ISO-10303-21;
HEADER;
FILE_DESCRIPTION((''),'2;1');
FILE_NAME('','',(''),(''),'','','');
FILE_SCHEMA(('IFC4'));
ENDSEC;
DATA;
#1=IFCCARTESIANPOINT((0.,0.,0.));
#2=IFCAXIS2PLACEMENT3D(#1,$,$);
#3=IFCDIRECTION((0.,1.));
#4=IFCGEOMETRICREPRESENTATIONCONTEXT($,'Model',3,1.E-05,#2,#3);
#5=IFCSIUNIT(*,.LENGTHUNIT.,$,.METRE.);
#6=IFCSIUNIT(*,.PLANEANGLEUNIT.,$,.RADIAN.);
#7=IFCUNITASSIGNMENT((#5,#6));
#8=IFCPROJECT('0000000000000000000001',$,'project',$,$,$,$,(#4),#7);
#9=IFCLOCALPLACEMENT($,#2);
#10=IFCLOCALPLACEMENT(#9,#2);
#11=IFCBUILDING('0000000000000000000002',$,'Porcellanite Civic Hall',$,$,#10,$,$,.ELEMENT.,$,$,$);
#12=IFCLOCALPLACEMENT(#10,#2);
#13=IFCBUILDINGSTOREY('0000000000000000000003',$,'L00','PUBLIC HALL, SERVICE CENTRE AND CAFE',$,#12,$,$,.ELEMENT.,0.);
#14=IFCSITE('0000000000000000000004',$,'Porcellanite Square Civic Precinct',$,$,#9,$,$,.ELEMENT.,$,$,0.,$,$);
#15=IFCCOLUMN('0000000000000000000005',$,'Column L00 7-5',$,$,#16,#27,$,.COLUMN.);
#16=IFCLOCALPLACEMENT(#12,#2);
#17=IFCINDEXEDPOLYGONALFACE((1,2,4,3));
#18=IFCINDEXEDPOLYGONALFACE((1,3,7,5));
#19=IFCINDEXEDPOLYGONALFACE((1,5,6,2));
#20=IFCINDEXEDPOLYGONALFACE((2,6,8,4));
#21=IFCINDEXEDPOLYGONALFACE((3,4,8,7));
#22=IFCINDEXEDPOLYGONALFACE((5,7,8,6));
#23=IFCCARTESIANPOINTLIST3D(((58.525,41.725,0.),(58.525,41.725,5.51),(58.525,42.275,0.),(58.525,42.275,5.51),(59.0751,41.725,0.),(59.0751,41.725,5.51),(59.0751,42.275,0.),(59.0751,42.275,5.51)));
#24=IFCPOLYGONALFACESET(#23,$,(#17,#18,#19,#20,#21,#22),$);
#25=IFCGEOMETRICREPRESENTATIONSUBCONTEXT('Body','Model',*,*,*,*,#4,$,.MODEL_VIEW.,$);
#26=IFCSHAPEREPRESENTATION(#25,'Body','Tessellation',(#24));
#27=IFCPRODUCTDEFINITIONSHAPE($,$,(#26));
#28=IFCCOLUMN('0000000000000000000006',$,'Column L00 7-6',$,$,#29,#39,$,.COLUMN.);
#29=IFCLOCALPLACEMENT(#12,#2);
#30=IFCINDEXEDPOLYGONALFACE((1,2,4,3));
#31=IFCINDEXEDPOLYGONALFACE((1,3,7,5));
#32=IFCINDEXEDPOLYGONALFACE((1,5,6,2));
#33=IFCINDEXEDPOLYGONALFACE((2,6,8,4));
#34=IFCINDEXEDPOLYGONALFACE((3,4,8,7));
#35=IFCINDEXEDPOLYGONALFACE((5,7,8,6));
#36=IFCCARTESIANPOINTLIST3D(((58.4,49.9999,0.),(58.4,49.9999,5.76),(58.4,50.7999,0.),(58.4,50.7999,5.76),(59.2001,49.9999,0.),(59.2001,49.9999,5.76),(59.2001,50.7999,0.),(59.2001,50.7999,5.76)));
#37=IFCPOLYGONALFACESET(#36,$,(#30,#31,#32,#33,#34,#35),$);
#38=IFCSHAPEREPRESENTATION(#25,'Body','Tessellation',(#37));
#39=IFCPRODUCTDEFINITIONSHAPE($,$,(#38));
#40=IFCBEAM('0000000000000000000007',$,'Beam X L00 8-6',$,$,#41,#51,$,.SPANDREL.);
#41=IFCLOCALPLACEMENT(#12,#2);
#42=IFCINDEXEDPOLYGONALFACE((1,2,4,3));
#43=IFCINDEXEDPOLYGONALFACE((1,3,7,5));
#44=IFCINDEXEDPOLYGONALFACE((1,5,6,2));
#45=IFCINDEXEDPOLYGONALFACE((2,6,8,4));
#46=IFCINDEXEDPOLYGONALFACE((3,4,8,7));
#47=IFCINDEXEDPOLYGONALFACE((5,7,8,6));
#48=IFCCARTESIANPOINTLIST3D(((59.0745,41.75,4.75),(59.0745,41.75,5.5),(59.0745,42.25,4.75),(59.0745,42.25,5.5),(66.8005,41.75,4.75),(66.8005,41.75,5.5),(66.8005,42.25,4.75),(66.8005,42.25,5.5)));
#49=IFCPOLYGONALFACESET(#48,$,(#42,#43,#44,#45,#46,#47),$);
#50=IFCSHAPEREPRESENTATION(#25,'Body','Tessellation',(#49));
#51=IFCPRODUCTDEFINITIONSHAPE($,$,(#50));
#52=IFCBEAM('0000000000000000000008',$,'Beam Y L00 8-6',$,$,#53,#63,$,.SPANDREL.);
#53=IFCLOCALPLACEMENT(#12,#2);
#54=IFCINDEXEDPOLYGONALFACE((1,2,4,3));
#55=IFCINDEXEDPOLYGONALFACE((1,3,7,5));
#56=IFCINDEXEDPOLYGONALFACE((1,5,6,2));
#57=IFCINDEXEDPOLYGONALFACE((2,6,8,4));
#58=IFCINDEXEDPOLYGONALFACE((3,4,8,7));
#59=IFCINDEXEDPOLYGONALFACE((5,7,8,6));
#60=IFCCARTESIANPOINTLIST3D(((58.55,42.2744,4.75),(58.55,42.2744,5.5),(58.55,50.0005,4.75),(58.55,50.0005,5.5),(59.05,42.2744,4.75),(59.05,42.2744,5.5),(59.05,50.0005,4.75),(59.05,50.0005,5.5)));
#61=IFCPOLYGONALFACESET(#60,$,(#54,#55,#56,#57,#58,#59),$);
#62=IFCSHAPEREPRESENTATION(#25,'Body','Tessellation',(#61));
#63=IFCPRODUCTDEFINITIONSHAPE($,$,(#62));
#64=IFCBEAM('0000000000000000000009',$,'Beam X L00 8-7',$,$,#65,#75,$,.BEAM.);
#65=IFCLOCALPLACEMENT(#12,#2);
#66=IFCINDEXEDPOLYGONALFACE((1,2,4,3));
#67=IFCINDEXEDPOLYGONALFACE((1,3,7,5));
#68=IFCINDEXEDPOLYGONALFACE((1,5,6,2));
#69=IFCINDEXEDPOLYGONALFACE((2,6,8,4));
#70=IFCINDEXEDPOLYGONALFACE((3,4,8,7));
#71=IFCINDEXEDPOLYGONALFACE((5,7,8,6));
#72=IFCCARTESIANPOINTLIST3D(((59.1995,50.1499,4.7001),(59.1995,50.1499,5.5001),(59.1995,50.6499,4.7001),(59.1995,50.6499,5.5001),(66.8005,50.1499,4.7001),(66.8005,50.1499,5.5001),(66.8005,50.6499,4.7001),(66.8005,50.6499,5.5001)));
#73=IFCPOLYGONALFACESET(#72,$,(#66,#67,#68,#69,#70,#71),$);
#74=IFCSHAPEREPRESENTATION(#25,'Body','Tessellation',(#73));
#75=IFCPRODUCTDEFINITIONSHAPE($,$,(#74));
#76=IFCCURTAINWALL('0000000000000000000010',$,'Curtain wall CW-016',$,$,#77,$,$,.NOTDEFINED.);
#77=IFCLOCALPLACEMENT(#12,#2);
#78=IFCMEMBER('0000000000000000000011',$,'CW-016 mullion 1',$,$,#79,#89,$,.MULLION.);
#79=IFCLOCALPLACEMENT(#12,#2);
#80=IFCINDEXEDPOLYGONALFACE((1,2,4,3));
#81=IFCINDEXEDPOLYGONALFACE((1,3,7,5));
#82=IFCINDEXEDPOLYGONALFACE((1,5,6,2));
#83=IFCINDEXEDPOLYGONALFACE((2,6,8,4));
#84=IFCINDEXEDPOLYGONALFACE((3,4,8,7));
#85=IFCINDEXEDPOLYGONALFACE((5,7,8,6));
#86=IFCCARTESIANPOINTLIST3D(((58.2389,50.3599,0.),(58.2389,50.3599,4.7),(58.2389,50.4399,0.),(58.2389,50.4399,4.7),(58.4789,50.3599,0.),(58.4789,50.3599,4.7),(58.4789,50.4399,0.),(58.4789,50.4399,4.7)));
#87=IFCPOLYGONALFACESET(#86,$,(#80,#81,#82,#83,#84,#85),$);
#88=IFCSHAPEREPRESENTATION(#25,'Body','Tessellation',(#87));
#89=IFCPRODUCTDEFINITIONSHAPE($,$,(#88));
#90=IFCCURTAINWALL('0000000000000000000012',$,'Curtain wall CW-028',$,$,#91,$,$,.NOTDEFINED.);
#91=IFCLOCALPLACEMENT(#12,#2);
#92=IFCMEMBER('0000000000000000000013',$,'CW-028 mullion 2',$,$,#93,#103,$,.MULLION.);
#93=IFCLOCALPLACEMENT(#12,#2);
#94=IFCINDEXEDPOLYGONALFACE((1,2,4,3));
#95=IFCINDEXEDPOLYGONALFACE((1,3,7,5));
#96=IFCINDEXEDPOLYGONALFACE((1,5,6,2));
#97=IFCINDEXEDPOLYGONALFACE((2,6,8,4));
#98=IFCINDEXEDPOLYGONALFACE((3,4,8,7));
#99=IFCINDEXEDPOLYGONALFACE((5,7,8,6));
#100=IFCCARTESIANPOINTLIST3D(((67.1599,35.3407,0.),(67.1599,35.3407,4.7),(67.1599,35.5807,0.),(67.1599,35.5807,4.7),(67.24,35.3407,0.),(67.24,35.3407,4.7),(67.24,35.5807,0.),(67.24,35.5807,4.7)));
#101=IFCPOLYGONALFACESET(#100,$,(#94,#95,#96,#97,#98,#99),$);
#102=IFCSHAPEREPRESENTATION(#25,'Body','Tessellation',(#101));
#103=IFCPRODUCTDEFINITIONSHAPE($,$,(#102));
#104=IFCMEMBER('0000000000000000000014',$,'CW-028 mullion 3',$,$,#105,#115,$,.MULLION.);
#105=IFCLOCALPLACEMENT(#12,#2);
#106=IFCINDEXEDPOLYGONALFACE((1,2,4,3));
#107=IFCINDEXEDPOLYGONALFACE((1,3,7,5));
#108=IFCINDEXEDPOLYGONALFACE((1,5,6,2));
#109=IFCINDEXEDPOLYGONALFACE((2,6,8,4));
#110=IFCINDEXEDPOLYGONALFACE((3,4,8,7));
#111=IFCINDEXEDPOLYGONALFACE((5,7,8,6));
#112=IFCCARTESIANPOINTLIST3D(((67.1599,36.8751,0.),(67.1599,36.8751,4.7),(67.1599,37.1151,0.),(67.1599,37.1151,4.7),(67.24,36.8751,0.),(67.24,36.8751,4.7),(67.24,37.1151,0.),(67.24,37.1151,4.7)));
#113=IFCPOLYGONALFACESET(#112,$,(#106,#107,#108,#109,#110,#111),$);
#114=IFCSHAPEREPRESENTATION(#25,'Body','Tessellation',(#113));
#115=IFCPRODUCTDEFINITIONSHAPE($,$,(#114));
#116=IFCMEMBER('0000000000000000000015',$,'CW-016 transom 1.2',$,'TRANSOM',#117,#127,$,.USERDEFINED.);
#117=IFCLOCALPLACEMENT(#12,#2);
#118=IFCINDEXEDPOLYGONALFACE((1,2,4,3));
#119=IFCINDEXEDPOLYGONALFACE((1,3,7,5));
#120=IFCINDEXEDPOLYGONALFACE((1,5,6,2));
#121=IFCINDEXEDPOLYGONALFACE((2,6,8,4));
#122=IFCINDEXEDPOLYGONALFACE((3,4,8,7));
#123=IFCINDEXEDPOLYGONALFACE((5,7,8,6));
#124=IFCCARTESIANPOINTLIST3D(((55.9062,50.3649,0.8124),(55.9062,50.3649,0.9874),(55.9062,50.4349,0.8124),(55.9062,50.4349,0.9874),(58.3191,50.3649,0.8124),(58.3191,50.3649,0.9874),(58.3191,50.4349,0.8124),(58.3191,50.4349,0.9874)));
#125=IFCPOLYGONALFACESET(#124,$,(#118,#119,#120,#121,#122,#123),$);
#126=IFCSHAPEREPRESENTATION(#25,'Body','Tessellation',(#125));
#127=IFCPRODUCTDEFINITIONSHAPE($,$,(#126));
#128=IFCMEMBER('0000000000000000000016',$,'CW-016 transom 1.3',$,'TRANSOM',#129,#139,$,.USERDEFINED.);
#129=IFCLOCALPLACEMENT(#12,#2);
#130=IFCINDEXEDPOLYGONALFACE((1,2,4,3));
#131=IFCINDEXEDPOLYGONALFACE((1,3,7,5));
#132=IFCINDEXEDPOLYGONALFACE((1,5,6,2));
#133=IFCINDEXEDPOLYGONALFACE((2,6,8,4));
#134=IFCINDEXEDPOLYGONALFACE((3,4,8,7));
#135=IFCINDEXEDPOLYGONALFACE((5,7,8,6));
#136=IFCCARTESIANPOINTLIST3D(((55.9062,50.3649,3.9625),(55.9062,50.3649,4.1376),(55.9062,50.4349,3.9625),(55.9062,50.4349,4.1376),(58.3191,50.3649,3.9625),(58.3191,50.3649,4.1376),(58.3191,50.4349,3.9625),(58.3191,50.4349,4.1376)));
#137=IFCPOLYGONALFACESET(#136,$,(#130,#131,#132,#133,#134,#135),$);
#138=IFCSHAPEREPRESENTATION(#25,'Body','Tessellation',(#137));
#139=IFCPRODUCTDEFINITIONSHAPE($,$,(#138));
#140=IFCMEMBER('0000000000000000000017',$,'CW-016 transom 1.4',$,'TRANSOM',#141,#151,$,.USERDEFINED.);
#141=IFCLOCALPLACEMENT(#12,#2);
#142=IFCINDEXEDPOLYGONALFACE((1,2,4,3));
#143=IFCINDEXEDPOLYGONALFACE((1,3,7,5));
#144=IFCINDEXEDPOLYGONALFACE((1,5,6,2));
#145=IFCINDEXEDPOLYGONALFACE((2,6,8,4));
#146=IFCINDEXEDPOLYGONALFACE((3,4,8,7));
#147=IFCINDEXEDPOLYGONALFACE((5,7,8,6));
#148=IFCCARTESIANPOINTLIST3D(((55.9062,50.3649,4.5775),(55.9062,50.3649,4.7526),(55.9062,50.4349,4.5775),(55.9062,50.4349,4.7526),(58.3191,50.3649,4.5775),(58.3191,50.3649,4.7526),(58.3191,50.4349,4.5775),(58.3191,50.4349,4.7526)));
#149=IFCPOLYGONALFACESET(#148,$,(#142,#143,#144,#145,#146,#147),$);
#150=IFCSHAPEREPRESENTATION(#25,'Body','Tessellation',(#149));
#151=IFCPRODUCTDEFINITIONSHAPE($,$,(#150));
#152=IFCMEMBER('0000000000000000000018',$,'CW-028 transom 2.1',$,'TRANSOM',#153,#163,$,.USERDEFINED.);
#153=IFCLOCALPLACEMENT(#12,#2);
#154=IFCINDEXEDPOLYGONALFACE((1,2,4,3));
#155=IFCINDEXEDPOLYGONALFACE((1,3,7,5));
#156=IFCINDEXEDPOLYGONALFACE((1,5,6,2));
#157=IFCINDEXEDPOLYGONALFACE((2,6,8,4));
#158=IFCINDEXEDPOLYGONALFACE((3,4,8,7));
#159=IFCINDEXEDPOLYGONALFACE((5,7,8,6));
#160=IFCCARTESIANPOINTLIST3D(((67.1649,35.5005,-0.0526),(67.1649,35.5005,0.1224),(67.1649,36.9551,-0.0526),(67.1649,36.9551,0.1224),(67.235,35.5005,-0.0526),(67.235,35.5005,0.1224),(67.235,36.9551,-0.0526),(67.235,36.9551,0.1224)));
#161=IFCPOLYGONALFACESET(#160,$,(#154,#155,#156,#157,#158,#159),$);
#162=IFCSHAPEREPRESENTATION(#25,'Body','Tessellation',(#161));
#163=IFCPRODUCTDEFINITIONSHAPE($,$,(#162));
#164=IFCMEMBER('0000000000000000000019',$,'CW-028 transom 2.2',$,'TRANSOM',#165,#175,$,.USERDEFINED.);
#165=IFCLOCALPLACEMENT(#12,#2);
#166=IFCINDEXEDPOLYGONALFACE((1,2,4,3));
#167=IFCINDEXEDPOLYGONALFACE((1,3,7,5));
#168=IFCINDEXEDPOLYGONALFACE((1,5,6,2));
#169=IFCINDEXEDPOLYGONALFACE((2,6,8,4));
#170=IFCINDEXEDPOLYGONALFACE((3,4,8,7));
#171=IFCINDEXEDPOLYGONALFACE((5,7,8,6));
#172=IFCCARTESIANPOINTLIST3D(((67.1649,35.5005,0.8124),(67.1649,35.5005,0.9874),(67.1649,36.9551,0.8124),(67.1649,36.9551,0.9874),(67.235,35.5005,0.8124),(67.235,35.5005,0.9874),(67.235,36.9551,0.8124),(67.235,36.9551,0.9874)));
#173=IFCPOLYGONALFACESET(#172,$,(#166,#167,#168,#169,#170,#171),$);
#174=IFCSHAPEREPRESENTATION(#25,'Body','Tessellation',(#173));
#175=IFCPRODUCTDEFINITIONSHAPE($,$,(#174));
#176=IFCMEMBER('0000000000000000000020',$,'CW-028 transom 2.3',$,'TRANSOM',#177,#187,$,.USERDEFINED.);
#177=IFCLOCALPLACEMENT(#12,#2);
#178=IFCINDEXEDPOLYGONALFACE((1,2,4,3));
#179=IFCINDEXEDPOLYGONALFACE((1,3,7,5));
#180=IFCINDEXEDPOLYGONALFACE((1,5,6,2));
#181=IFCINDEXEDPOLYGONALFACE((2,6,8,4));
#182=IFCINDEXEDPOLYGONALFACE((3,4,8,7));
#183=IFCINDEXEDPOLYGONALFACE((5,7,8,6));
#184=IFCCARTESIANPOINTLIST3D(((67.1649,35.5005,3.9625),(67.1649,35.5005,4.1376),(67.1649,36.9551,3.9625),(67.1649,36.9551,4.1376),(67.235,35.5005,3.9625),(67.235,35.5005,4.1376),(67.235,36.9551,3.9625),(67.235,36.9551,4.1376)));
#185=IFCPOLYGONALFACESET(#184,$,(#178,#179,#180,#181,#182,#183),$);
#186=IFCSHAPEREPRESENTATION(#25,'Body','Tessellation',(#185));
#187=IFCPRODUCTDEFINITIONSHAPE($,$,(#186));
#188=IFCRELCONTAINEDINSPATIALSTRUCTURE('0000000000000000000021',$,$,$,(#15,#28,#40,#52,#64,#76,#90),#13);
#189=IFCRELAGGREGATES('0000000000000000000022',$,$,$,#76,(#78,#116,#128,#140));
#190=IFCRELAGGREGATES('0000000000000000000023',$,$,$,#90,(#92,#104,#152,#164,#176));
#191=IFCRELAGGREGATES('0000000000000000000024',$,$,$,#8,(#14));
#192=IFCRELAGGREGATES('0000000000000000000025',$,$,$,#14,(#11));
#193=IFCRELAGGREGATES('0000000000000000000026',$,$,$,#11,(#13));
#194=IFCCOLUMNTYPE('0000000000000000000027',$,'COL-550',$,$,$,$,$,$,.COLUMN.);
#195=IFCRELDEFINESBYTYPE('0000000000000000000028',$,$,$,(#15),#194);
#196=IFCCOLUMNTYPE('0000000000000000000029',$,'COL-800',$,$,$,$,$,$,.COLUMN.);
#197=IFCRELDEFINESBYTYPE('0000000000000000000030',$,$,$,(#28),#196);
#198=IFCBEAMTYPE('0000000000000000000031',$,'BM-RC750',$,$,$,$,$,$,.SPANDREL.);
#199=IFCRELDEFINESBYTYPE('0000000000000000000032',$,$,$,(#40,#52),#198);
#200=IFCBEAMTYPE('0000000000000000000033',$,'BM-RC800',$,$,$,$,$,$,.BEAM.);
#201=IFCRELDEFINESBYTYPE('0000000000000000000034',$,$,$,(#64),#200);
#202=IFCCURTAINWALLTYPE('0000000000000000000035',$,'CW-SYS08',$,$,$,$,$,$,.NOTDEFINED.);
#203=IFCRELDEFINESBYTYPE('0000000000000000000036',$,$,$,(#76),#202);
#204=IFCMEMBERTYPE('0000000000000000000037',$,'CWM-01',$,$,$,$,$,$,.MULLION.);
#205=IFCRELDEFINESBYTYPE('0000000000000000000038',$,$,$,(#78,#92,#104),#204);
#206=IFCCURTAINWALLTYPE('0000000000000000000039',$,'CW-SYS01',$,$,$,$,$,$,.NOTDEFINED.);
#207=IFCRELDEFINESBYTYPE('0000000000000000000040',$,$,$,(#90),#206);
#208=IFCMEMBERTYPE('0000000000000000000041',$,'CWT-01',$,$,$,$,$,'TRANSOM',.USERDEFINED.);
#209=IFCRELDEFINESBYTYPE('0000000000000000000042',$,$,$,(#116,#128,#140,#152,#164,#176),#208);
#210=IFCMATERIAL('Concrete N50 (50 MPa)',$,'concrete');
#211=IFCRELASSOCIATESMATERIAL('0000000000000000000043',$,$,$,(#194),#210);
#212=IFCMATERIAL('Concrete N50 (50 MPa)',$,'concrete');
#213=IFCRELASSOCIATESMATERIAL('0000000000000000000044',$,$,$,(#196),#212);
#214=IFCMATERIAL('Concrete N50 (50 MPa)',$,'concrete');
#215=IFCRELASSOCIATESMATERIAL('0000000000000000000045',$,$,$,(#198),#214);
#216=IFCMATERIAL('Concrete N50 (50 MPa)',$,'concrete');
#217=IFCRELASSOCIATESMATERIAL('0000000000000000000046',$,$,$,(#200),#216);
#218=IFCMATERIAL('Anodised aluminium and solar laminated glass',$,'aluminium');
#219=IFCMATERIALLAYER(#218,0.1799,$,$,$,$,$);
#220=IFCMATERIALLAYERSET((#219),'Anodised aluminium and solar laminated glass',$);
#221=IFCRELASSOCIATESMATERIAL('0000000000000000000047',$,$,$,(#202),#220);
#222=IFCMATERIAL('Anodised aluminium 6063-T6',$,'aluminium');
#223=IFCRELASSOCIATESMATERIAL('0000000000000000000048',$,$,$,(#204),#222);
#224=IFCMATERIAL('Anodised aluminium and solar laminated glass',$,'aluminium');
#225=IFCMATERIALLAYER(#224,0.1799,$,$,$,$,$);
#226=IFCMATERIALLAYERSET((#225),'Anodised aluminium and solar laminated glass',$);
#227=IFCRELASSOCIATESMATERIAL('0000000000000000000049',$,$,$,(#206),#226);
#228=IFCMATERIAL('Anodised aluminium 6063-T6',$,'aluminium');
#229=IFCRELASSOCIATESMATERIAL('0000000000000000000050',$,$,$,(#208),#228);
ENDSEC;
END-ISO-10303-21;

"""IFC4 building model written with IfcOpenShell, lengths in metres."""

from ifc_helpers import new_model, si_unit, direction, frame, origin, origin_2d, place, context, subcontext, project, spatial, rectangle, extrude, material, layer, layer_set, material_profile, profile_set, type_object, element, aggregate, save


model = new_model("IFC4")

# Units and contexts
model_context = context("Model", 3, precision=1e-05, world=origin(), true_north=direction((0.0, 1.0)))
body_context = subcontext(model_context, "Body", "Model", "MODEL_VIEW")
ifc_project = project(units=[si_unit("LENGTHUNIT", "METRE"), si_unit("PLANEANGLEUNIT", "RADIAN")], contexts=[model_context])

# Site, building, storey
site_placement = place(None, origin())
site = spatial("IfcSite", under=ifc_project, at=site_placement, Name="Porcellanite Square Civic Precinct", CompositionType="ELEMENT", RefElevation=0.0)
building_placement = place(site_placement, origin())
building = spatial("IfcBuilding", under=site, at=building_placement, Name="Porcellanite Civic Hall", CompositionType="ELEMENT")
storey_placement = place(building_placement, origin())
storey = spatial("IfcBuildingStorey", under=building, at=storey_placement, Name="L00", Description="PUBLIC HALL, SERVICE CENTRE AND CAFE", CompositionType="ELEMENT", Elevation=0.0)

# Columns
ifc_material_1 = material(Name="Concrete N50 (50 MPa)", Category="concrete")
ifc_material_profile_1 = material_profile(ifc_material_1, rectangle(XDim=0.55, YDim=0.55, at=origin_2d()), Name="RC-550x550")
ifc_profile_set_1 = profile_set([ifc_material_profile_1], Name="Concrete N50 (50 MPa)")
column_type_1 = type_object("IfcColumnType", Name="COL-550", PredefinedType="COLUMN", material=ifc_profile_set_1)
column_1_placement = place(storey_placement, frame((58.8, 42.0, 0.0), z_axis=(0.0, 0.0, 1.0), x_axis=(1.0, 0.0, 0.0)))
element("IfcColumn", 1, at=column_1_placement, inside=storey, type_object=column_type_1, Name="Column L00 7-5", PredefinedType="COLUMN", context=body_context, shape_type="SweptSolid", body=[
    extrude(rectangle(XDim=0.55, YDim=0.55, at=origin_2d()), origin(), (0.0, 0.0, 1.0), 5.51),
])
ifc_material_2 = material(Name="Concrete N50 (50 MPa)", Category="concrete")
ifc_material_profile_2 = material_profile(ifc_material_2, rectangle(XDim=0.8, YDim=0.8, at=origin_2d()), Name="RC-800x800")
ifc_profile_set_2 = profile_set([ifc_material_profile_2], Name="Concrete N50 (50 MPa)")
column_type_2 = type_object("IfcColumnType", Name="COL-800", PredefinedType="COLUMN", material=ifc_profile_set_2)
column_2_placement = place(storey_placement, frame((58.8, 50.3999, 0.0), z_axis=(0.0, 0.0, 1.0), x_axis=(1.0, 0.0, 0.0)))
element("IfcColumn", 2, at=column_2_placement, inside=storey, type_object=column_type_2, Name="Column L00 7-6", PredefinedType="COLUMN", context=body_context, shape_type="SweptSolid", body=[
    extrude(rectangle(XDim=0.8, YDim=0.8, at=origin_2d()), origin(), (0.0, 0.0, 1.0), 5.76),
])

# Beams
ifc_material_3 = material(Name="Concrete N50 (50 MPa)", Category="concrete")
ifc_material_profile_3 = material_profile(ifc_material_3, rectangle(XDim=0.5, YDim=0.75, at=origin_2d()), Name="RC-500x750")
ifc_profile_set_3 = profile_set([ifc_material_profile_3], Name="Concrete N50 (50 MPa)")
beam_type_1 = type_object("IfcBeamType", Name="BM-RC750", PredefinedType="SPANDREL", material=ifc_profile_set_3)
for number, where, z_axis, x_axis, name in (
    (3, (59.0745, 42.0, 5.125), (1.0, 0.0, 0.0), (0.0, 1.0, 0.0), "Beam X L00 8-6"),
    (4, (58.8, 42.2744, 5.125), (0.0, 1.0, 0.0), (-1.0, 0.0, 0.0), "Beam Y L00 8-6"),
):
    element("IfcBeam", number, at=place(storey_placement, frame(where, z_axis=z_axis, x_axis=x_axis)), inside=storey, type_object=beam_type_1, Name=name, PredefinedType="SPANDREL", context=body_context, shape_type="SweptSolid", body=[
        extrude(rectangle(XDim=0.5, YDim=0.75, at=origin_2d()), origin(), (0.0, 0.0, 1.0), 7.7261),
    ])
ifc_material_4 = material(Name="Concrete N50 (50 MPa)", Category="concrete")
ifc_material_profile_4 = material_profile(ifc_material_4, rectangle(XDim=0.5, YDim=0.8, at=origin_2d()), Name="RC-500x800")
ifc_profile_set_4 = profile_set([ifc_material_profile_4], Name="Concrete N50 (50 MPa)")
beam_type_2 = type_object("IfcBeamType", Name="BM-RC800", PredefinedType="BEAM", material=ifc_profile_set_4)
beam_1_placement = place(storey_placement, frame((59.1995, 50.3999, 5.1001), z_axis=(1.0, 0.0, 0.0), x_axis=(0.0, 1.0, 0.0)))
element("IfcBeam", 5, at=beam_1_placement, inside=storey, type_object=beam_type_2, Name="Beam X L00 8-7", PredefinedType="BEAM", context=body_context, shape_type="SweptSolid", body=[
    extrude(rectangle(XDim=0.5, YDim=0.8, at=origin_2d()), origin(), (0.0, 0.0, 1.0), 7.6011),
])

# Curtain wall, member
ifc_material_5 = material(Name="Anodised aluminium and solar laminated glass", Category="aluminium")
ifc_layer_1 = layer(ifc_material_5, 0.1799)
ifc_layer_set_1 = layer_set([ifc_layer_1], Name="Anodised aluminium and solar laminated glass")
curtain_wall_type_1 = type_object("IfcCurtainWallType", Name="CW-SYS08", PredefinedType="NOTDEFINED", material=ifc_layer_set_1)
curtain_wall_1_placement = place(storey_placement, origin())
curtain_wall_1 = element("IfcCurtainWall", 6, at=curtain_wall_1_placement, inside=storey, type_object=curtain_wall_type_1, Name="Curtain wall CW-016", PredefinedType="NOTDEFINED")
ifc_material_6 = material(Name="Anodised aluminium 6063-T6", Category="aluminium")
ifc_material_profile_5 = material_profile(ifc_material_6, rectangle(XDim=0.0801, YDim=0.24, at=origin_2d()), Name="AL-80x240")
ifc_profile_set_5 = profile_set([ifc_material_profile_5], Name="Anodised aluminium 6063-T6")
member_type_1 = type_object("IfcMemberType", Name="CWM-01", PredefinedType="MULLION", material=ifc_profile_set_5)
member_1_placement = place(storey_placement, frame((58.3589, 50.3999, 0.0), z_axis=(0.0, 0.0, 1.0), x_axis=(0.0, -1.0, 0.0)))
member_1 = element("IfcMember", 7, at=member_1_placement, type_object=member_type_1, Name="CW-016 mullion 1", PredefinedType="MULLION", context=body_context, shape_type="SweptSolid", body=[
    extrude(rectangle(XDim=0.0801, YDim=0.24, at=origin_2d()), origin(), (0.0, 0.0, 1.0), 4.7),
])

# Curtain wall, members
ifc_material_7 = material(Name="Anodised aluminium and solar laminated glass", Category="aluminium")
ifc_layer_2 = layer(ifc_material_7, 0.1799)
ifc_layer_set_2 = layer_set([ifc_layer_2], Name="Anodised aluminium and solar laminated glass")
curtain_wall_type_2 = type_object("IfcCurtainWallType", Name="CW-SYS01", PredefinedType="NOTDEFINED", material=ifc_layer_set_2)
curtain_wall_2_placement = place(storey_placement, origin())
curtain_wall_2 = element("IfcCurtainWall", 8, at=curtain_wall_2_placement, inside=storey, type_object=curtain_wall_type_2, Name="Curtain wall CW-028", PredefinedType="NOTDEFINED")
member_2_placement = place(storey_placement, frame((67.2, 35.4607, 0.0), z_axis=(0.0, 0.0, 1.0), x_axis=(-1.0, 0.0, 0.0)))
member_2 = element("IfcMember", 9, at=member_2_placement, type_object=member_type_1, Name="CW-028 mullion 2", PredefinedType="MULLION", context=body_context, shape_type="SweptSolid", body=[
    extrude(rectangle(XDim=0.0801, YDim=0.24, at=origin_2d()), origin(), (0.0, 0.0, 1.0), 4.7),
])
member_3_placement = place(storey_placement, frame((67.2, 36.9951, 0.0), z_axis=(0.0, 0.0, 1.0), x_axis=(-1.0, 0.0, 0.0)))
member_3 = element("IfcMember", 10, at=member_3_placement, type_object=member_type_1, Name="CW-028 mullion 3", PredefinedType="MULLION", context=body_context, shape_type="SweptSolid", body=[
    extrude(rectangle(XDim=0.0801, YDim=0.24, at=origin_2d()), origin(), (0.0, 0.0, 1.0), 4.7),
])

# Members
ifc_material_8 = material(Name="Anodised aluminium 6063-T6", Category="aluminium")
ifc_material_profile_6 = material_profile(ifc_material_8, rectangle(XDim=0.0701, YDim=0.175, at=origin_2d()), Name="AL-70x175")
ifc_profile_set_6 = profile_set([ifc_material_profile_6], Name="Anodised aluminium 6063-T6")
member_type_2 = type_object("IfcMemberType", Name="CWT-01", ElementType="TRANSOM", PredefinedType="USERDEFINED", material=ifc_profile_set_6)
member_4_placement = place(storey_placement, frame((58.3191, 50.3999, 0.8999), z_axis=(-1.0, 0.0, 0.0), x_axis=(0.0, -1.0, 0.0)))
member_4 = element("IfcMember", 11, at=member_4_placement, type_object=member_type_2, Name="CW-016 transom 1.2", ObjectType="TRANSOM", PredefinedType="USERDEFINED", context=body_context, shape_type="SweptSolid", body=[
    extrude(rectangle(XDim=0.0701, YDim=0.175, at=origin_2d()), origin(), (0.0, 0.0, 1.0), 2.4128),
])
member_5_placement = place(storey_placement, frame((58.3191, 50.3999, 4.05), z_axis=(-1.0, 0.0, 0.0), x_axis=(0.0, -1.0, 0.0)))
member_5 = element("IfcMember", 12, at=member_5_placement, type_object=member_type_2, Name="CW-016 transom 1.3", ObjectType="TRANSOM", PredefinedType="USERDEFINED", context=body_context, shape_type="SweptSolid", body=[
    extrude(rectangle(XDim=0.0701, YDim=0.175, at=origin_2d()), origin(), (0.0, 0.0, 1.0), 2.4128),
])
member_6_placement = place(storey_placement, frame((58.3191, 50.3999, 4.665), z_axis=(-1.0, 0.0, 0.0), x_axis=(0.0, -1.0, 0.0)))
member_6 = element("IfcMember", 13, at=member_6_placement, type_object=member_type_2, Name="CW-016 transom 1.4", ObjectType="TRANSOM", PredefinedType="USERDEFINED", context=body_context, shape_type="SweptSolid", body=[
    extrude(rectangle(XDim=0.0701, YDim=0.175, at=origin_2d()), origin(), (0.0, 0.0, 1.0), 2.4128),
])
aggregate(curtain_wall_1, [member_1, member_4, member_5, member_6])
member_7_placement = place(storey_placement, frame((67.2, 35.5005, 0.0349), z_axis=(0.0, 1.0, 0.0), x_axis=(-1.0, 0.0, 0.0)))
member_7 = element("IfcMember", 14, at=member_7_placement, type_object=member_type_2, Name="CW-028 transom 2.1", ObjectType="TRANSOM", PredefinedType="USERDEFINED", context=body_context, shape_type="SweptSolid", body=[
    extrude(rectangle(XDim=0.0701, YDim=0.175, at=origin_2d()), origin(), (0.0, 0.0, 1.0), 1.4546),
])
member_8_placement = place(storey_placement, frame((67.2, 35.5005, 0.8999), z_axis=(0.0, 1.0, 0.0), x_axis=(-1.0, 0.0, 0.0)))
member_8 = element("IfcMember", 15, at=member_8_placement, type_object=member_type_2, Name="CW-028 transom 2.2", ObjectType="TRANSOM", PredefinedType="USERDEFINED", context=body_context, shape_type="SweptSolid", body=[
    extrude(rectangle(XDim=0.0701, YDim=0.175, at=origin_2d()), origin(), (0.0, 0.0, 1.0), 1.4546),
])
member_9_placement = place(storey_placement, frame((67.2, 35.5005, 4.05), z_axis=(0.0, 1.0, 0.0), x_axis=(-1.0, 0.0, 0.0)))
member_9 = element("IfcMember", 16, at=member_9_placement, type_object=member_type_2, Name="CW-028 transom 2.3", ObjectType="TRANSOM", PredefinedType="USERDEFINED", context=body_context, shape_type="SweptSolid", body=[
    extrude(rectangle(XDim=0.0701, YDim=0.175, at=origin_2d()), origin(), (0.0, 0.0, 1.0), 1.4546),
])

aggregate(curtain_wall_2, [member_2, member_3, member_7, member_8, member_9])

save(model, "model.ifc")
